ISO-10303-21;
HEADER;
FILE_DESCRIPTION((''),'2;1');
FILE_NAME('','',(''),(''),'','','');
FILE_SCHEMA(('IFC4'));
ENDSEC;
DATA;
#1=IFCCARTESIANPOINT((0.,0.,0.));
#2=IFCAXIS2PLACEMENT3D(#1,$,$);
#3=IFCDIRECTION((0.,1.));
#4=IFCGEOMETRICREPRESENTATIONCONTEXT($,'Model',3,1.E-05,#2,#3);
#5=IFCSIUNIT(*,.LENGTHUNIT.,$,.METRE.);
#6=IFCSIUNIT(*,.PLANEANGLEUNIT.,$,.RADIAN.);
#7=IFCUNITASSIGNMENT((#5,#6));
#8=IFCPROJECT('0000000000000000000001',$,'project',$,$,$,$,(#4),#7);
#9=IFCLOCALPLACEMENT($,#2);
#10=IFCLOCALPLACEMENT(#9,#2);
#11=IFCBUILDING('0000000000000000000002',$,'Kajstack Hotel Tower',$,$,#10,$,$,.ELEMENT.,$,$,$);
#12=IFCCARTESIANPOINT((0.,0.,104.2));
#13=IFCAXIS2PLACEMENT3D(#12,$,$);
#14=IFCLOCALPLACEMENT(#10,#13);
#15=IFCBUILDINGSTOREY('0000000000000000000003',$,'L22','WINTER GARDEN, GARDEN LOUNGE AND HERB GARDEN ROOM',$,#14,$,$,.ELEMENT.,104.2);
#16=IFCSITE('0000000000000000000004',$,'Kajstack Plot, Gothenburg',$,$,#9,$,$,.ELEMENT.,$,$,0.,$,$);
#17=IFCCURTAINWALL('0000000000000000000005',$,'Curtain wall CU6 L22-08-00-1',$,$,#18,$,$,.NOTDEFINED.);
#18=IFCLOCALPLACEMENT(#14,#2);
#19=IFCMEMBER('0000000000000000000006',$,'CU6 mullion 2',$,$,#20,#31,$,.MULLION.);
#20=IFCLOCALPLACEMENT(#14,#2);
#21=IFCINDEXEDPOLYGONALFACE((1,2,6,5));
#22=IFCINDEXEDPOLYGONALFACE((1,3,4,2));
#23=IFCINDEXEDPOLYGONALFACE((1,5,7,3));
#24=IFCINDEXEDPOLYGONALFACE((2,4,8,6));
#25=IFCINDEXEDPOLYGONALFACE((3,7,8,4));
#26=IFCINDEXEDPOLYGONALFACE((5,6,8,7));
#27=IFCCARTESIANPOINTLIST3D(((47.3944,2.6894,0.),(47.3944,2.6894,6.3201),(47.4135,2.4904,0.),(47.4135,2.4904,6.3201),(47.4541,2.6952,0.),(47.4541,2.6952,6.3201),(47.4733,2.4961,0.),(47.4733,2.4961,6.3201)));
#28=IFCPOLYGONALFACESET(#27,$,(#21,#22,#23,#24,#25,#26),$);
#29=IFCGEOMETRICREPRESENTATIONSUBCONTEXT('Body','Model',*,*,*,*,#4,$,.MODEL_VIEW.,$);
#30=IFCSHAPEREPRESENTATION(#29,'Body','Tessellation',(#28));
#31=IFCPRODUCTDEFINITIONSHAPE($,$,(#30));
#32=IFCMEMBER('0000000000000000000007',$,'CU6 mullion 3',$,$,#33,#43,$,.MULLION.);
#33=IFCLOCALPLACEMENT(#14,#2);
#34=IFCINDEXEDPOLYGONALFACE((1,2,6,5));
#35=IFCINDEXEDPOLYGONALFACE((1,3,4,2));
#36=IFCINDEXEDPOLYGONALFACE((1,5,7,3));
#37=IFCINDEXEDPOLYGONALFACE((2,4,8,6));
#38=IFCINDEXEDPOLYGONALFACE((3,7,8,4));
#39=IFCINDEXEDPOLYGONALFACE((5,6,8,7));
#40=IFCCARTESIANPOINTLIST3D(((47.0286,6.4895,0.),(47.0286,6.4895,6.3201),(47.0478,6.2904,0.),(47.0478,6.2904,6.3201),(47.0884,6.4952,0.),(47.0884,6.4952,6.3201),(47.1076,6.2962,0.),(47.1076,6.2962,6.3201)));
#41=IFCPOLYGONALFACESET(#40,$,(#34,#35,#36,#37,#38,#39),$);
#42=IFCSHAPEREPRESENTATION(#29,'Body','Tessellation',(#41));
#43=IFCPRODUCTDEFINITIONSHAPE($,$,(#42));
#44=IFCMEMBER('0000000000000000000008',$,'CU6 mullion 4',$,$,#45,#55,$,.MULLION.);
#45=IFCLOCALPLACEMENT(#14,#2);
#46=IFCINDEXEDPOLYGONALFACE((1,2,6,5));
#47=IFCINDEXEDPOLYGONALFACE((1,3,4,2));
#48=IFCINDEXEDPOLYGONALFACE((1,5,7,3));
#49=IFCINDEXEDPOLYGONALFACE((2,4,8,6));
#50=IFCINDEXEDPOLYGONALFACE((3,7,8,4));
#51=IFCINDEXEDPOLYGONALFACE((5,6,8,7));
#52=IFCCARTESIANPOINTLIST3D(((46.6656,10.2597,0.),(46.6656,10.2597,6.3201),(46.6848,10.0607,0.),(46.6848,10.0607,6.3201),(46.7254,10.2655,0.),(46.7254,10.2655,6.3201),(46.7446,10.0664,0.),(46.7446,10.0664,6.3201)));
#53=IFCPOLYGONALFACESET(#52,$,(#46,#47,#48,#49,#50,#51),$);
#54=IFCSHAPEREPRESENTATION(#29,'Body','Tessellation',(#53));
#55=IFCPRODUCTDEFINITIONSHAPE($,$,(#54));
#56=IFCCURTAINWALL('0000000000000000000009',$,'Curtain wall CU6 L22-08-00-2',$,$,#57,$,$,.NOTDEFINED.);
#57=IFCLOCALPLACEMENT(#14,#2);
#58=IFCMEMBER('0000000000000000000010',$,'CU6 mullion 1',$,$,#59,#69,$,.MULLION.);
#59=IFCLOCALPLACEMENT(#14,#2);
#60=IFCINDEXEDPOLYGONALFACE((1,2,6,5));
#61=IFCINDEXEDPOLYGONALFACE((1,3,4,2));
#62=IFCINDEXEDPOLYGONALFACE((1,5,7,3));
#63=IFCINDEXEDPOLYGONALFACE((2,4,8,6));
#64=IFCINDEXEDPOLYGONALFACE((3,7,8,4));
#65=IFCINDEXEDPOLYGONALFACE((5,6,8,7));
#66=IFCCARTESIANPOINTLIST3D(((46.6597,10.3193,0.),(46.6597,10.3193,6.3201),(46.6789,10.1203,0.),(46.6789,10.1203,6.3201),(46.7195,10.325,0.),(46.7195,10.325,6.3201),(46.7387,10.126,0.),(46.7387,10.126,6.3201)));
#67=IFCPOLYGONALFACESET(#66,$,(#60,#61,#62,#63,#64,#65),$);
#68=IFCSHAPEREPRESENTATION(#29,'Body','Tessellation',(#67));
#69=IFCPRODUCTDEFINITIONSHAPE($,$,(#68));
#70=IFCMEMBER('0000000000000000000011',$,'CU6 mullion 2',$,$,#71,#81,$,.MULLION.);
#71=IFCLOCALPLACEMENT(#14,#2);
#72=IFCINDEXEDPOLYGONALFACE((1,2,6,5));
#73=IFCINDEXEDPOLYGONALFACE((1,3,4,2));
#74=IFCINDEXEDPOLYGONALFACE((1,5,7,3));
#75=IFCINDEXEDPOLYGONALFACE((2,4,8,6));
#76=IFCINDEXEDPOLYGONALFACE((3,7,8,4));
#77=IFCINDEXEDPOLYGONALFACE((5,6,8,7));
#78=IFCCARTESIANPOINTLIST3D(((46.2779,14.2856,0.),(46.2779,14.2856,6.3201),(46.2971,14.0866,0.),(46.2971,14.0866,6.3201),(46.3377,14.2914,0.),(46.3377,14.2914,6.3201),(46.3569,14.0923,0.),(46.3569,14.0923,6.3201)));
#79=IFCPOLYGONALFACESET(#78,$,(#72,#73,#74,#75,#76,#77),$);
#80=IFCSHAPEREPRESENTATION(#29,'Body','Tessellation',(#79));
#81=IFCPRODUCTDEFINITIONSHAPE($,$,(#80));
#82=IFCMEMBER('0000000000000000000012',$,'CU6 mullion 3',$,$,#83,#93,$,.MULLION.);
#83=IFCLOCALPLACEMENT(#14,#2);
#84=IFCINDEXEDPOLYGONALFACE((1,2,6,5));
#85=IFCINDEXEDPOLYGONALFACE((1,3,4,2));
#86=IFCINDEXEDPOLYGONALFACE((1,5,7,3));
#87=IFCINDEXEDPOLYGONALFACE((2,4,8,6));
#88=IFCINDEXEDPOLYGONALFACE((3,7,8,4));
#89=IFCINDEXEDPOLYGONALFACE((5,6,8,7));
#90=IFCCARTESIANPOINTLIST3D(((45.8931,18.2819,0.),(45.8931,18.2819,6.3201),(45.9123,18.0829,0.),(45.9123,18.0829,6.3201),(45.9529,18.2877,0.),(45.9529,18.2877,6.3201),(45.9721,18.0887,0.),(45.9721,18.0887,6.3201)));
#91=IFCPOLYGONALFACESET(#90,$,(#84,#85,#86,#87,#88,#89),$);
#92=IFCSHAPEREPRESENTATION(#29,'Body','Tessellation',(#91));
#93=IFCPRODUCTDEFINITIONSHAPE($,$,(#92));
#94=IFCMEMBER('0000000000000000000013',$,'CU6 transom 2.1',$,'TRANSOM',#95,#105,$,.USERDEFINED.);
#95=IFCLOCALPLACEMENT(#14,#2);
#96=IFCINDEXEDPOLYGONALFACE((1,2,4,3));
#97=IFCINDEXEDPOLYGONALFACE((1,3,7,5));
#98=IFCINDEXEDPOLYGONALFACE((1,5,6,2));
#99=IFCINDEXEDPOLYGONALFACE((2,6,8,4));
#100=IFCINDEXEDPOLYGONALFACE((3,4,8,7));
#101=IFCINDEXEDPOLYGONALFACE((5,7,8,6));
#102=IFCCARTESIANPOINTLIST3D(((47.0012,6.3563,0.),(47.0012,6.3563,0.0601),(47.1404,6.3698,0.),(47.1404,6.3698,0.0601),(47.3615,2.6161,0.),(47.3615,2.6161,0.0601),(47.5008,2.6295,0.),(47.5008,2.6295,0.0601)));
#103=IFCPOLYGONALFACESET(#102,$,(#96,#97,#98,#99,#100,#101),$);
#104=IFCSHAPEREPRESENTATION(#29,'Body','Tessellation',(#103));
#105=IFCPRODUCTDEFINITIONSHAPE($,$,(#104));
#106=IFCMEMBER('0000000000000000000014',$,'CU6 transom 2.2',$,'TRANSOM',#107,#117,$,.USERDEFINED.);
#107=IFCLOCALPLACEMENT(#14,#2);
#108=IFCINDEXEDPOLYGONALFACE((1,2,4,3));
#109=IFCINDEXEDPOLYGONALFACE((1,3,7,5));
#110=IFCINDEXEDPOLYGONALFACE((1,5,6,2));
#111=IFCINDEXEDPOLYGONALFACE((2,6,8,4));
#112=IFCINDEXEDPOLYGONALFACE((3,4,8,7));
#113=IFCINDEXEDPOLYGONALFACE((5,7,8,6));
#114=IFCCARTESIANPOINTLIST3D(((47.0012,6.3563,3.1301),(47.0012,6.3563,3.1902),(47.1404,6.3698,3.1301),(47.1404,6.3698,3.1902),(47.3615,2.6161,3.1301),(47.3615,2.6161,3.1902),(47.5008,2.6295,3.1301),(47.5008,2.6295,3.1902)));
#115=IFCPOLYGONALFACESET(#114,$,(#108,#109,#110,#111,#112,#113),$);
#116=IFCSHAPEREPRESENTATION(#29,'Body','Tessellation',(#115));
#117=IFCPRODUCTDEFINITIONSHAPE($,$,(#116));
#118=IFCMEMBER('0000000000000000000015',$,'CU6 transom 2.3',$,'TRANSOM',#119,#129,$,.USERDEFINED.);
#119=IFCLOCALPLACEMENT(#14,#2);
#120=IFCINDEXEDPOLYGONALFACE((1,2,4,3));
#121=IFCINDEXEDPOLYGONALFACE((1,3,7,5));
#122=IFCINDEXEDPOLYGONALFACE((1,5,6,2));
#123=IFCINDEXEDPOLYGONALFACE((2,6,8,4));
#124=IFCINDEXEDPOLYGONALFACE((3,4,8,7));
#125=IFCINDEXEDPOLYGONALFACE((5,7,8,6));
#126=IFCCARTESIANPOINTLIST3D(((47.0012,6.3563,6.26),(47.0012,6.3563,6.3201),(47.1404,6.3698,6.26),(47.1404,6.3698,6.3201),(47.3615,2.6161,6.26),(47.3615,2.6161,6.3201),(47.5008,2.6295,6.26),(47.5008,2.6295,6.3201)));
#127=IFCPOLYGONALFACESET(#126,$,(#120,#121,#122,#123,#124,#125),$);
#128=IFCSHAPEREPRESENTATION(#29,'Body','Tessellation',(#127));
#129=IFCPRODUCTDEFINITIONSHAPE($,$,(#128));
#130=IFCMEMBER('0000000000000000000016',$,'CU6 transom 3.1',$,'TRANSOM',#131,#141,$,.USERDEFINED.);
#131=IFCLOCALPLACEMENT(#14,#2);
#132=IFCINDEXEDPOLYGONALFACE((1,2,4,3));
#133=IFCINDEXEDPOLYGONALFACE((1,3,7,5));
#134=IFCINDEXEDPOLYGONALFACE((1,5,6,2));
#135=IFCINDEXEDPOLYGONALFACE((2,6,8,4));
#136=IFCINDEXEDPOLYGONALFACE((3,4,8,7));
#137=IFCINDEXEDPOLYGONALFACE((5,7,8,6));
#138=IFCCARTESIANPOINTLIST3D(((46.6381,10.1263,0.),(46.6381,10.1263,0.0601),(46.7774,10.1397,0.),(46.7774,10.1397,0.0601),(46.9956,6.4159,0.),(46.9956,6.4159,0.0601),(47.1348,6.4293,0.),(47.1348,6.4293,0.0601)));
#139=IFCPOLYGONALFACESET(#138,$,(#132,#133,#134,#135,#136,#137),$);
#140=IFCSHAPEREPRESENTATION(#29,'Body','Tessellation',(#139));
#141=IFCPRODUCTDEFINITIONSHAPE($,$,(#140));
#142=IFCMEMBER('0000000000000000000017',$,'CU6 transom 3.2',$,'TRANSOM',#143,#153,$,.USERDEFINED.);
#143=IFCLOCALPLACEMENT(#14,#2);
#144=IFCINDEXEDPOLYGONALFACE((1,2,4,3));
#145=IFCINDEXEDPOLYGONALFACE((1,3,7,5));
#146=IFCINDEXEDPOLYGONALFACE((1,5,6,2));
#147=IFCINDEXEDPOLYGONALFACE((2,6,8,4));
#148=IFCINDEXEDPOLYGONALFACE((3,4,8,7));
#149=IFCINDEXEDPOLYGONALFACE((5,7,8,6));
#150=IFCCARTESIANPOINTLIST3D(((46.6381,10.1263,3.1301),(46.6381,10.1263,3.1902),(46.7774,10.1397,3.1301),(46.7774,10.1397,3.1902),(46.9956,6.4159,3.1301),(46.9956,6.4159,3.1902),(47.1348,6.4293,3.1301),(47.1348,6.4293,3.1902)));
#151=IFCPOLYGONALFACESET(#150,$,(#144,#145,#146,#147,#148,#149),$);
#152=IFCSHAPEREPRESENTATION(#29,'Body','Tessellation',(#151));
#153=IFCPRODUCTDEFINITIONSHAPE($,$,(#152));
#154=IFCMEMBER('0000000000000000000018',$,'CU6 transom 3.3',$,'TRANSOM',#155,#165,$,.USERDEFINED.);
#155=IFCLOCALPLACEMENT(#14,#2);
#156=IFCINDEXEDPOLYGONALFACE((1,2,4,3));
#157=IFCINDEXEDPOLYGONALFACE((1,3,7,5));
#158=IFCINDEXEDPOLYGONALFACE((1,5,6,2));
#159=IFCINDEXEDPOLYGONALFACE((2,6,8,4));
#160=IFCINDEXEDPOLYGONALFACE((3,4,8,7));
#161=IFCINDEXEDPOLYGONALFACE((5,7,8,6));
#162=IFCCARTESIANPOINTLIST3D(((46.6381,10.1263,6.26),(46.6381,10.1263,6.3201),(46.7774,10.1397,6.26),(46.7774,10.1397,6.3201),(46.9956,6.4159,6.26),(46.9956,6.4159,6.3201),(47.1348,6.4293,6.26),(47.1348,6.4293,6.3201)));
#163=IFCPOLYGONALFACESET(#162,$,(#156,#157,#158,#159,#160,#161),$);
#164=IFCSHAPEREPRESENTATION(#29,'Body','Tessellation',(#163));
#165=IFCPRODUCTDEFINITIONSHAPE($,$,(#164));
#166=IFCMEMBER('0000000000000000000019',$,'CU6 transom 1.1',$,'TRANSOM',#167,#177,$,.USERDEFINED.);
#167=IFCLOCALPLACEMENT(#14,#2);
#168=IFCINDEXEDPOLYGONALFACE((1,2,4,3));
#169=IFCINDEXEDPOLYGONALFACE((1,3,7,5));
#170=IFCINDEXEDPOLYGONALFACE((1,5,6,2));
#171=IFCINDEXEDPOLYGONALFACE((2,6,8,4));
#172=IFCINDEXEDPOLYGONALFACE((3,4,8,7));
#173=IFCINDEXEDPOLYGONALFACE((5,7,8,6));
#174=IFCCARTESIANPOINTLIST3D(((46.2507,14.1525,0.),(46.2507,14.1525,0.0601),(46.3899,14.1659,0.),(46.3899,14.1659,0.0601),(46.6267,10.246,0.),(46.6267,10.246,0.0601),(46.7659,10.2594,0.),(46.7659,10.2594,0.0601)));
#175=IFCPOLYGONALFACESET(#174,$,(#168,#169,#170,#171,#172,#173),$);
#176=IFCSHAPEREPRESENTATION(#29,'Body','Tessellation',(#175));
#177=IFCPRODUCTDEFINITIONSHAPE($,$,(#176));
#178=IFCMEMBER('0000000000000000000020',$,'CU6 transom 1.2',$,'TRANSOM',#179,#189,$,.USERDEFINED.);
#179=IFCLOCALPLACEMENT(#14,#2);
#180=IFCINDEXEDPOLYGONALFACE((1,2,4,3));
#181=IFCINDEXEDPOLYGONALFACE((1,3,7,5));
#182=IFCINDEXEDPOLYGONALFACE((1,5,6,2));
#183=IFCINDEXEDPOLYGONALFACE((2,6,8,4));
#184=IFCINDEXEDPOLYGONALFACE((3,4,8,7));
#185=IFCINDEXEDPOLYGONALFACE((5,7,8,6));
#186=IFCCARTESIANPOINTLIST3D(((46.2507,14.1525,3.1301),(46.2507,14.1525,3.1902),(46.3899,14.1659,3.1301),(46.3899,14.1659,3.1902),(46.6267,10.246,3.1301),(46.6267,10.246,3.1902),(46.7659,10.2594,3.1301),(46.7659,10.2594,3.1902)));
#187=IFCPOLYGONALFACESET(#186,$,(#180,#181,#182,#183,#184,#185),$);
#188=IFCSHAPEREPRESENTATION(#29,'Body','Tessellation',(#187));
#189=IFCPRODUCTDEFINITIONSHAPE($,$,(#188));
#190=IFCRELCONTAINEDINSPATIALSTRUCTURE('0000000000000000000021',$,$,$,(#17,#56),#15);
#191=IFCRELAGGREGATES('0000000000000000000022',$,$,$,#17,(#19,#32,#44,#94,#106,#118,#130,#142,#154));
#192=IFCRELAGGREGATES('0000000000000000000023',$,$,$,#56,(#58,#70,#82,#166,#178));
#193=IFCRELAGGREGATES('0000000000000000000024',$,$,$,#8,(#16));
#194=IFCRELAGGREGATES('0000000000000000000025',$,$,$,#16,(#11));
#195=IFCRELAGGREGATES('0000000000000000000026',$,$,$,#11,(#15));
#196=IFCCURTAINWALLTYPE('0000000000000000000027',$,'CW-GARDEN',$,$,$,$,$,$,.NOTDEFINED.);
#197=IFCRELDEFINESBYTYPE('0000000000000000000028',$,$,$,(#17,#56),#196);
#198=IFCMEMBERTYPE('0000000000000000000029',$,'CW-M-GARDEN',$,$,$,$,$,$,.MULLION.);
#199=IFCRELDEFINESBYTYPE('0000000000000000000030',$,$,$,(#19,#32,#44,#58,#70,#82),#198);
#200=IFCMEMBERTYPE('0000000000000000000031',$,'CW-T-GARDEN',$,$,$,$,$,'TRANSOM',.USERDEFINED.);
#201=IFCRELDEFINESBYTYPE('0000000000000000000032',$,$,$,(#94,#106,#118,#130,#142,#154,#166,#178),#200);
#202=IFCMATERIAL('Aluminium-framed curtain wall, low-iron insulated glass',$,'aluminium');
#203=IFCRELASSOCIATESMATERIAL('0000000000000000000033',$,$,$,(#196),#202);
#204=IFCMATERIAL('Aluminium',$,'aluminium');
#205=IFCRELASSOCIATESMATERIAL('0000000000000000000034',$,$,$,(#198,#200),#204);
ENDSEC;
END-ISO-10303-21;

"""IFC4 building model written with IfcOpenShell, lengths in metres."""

from ifc_helpers import new_model, si_unit, direction, frame, origin, origin_2d, place, context, subcontext, project, spatial, rectangle, extrude, material, material_profile, profile_set, type_object, element, aggregate, save


model = new_model("IFC4")

# Units and contexts
model_context = context("Model", 3, precision=1e-05, world=origin(), true_north=direction((0.0, 1.0)))
body_context = subcontext(model_context, "Body", "Model", "MODEL_VIEW")
ifc_project = project(units=[si_unit("LENGTHUNIT", "METRE"), si_unit("PLANEANGLEUNIT", "RADIAN")], contexts=[model_context])

# Site, building, storey
site_placement = place(None, origin())
site = spatial("IfcSite", under=ifc_project, at=site_placement, Name="Kajstack Plot, Gothenburg", CompositionType="ELEMENT", RefElevation=0.0)
building_placement = place(site_placement, origin())
building = spatial("IfcBuilding", under=site, at=building_placement, Name="Kajstack Hotel Tower", CompositionType="ELEMENT")
storey_placement = place(building_placement, frame((0.0, 0.0, 104.2)))
storey = spatial("IfcBuildingStorey", under=building, at=storey_placement, Name="L22", Description="WINTER GARDEN, GARDEN LOUNGE AND HERB GARDEN ROOM", CompositionType="ELEMENT", Elevation=104.2)

# Curtain walls, members
ifc_material_1 = material(Name="Aluminium-framed curtain wall, low-iron insulated glass", Category="aluminium")
curtain_wall_type = type_object("IfcCurtainWallType", Name="CW-GARDEN", PredefinedType="NOTDEFINED", material=ifc_material_1)
curtain_wall_1_placement = place(storey_placement, origin())
curtain_wall_1 = element("IfcCurtainWall", 1, at=curtain_wall_1_placement, inside=storey, type_object=curtain_wall_type, Name="Curtain wall CU6 L22-08-00-1", PredefinedType="NOTDEFINED")
ifc_material_2 = material(Name="Aluminium", Category="aluminium")
ifc_material_profile_1 = material_profile(ifc_material_2, rectangle(XDim=0.0601, YDim=0.2, at=origin_2d()), Name="Aluminium mullion 60 x 200")
ifc_profile_set_1 = profile_set([ifc_material_profile_1], Name="Aluminium")
member_type_1 = type_object("IfcMemberType", Name="CW-M-GARDEN", PredefinedType="MULLION", material=ifc_profile_set_1)
member_1_placement = place(storey_placement, frame((47.4338, 2.5928, 0.0), z_axis=(0.0, 0.0, 1.0), x_axis=(-0.995396, -0.095846, 0.0)))
member_1 = element("IfcMember", 2, at=member_1_placement, type_object=member_type_1, Name="CU6 mullion 2", PredefinedType="MULLION", context=body_context, shape_type="SweptSolid", body=[
    extrude(rectangle(XDim=0.0601, YDim=0.2, at=origin_2d()), origin(), (0.0, 0.0, 1.0), 6.3201),
])
member_2_placement = place(storey_placement, frame((47.0681, 6.3928, 0.0), z_axis=(0.0, 0.0, 1.0), x_axis=(-0.995396, -0.095846, 0.0)))
member_2 = element("IfcMember", 3, at=member_2_placement, type_object=member_type_1, Name="CU6 mullion 3", PredefinedType="MULLION", context=body_context, shape_type="SweptSolid", body=[
    extrude(rectangle(XDim=0.0601, YDim=0.2, at=origin_2d()), origin(), (0.0, 0.0, 1.0), 6.3201),
])
member_3_placement = place(storey_placement, frame((46.7051, 10.1631, 0.0), z_axis=(0.0, 0.0, 1.0), x_axis=(-0.995396, -0.095846, 0.0)))
member_3 = element("IfcMember", 4, at=member_3_placement, type_object=member_type_1, Name="CU6 mullion 4", PredefinedType="MULLION", context=body_context, shape_type="SweptSolid", body=[
    extrude(rectangle(XDim=0.0601, YDim=0.2, at=origin_2d()), origin(), (0.0, 0.0, 1.0), 6.3201),
])
curtain_wall_2_placement = place(storey_placement, origin())
curtain_wall_2 = element("IfcCurtainWall", 5, at=curtain_wall_2_placement, inside=storey, type_object=curtain_wall_type, Name="Curtain wall CU6 L22-08-00-2", PredefinedType="NOTDEFINED")
member_4_placement = place(storey_placement, frame((46.6992, 10.2227, 0.0), z_axis=(0.0, 0.0, 1.0), x_axis=(-0.995396, -0.095846, 0.0)))
member_4 = element("IfcMember", 6, at=member_4_placement, type_object=member_type_1, Name="CU6 mullion 1", PredefinedType="MULLION", context=body_context, shape_type="SweptSolid", body=[
    extrude(rectangle(XDim=0.0601, YDim=0.2, at=origin_2d()), origin(), (0.0, 0.0, 1.0), 6.3201),
])
member_5_placement = place(storey_placement, frame((46.3174, 14.189, 0.0), z_axis=(0.0, 0.0, 1.0), x_axis=(-0.995396, -0.095846, 0.0)))
member_5 = element("IfcMember", 7, at=member_5_placement, type_object=member_type_1, Name="CU6 mullion 2", PredefinedType="MULLION", context=body_context, shape_type="SweptSolid", body=[
    extrude(rectangle(XDim=0.0601, YDim=0.2, at=origin_2d()), origin(), (0.0, 0.0, 1.0), 6.3201),
])
member_6_placement = place(storey_placement, frame((45.9326, 18.1853, 0.0), z_axis=(0.0, 0.0, 1.0), x_axis=(-0.995396, -0.095846, 0.0)))
member_6 = element("IfcMember", 8, at=member_6_placement, type_object=member_type_1, Name="CU6 mullion 3", PredefinedType="MULLION", context=body_context, shape_type="SweptSolid", body=[
    extrude(rectangle(XDim=0.0601, YDim=0.2, at=origin_2d()), origin(), (0.0, 0.0, 1.0), 6.3201),
])

# Members
ifc_material_profile_2 = material_profile(ifc_material_2, rectangle(XDim=0.1399, YDim=0.0601, at=origin_2d()), Name="Aluminium transom 140 x 60")
ifc_profile_set_2 = profile_set([ifc_material_profile_2], Name="Aluminium")
member_type_2 = type_object("IfcMemberType", Name="CW-T-GARDEN", ElementType="TRANSOM", PredefinedType="USERDEFINED", material=ifc_profile_set_2)
member_7_placement = place(storey_placement, frame((47.4312, 2.6228, 0.03), z_axis=(-0.095901, 0.995391, 0.0), x_axis=(-0.995391, -0.095901, 0.0)))
member_7 = element("IfcMember", 9, at=member_7_placement, type_object=member_type_2, Name="CU6 transom 2.1", ObjectType="TRANSOM", PredefinedType="USERDEFINED", context=body_context, shape_type="SweptSolid", body=[
    extrude(rectangle(XDim=0.1399, YDim=0.0601, at=origin_2d()), origin(), (0.0, 0.0, 1.0), 3.7576),
])
member_8_placement = place(storey_placement, frame((47.4312, 2.6228, 3.1602), z_axis=(-0.095901, 0.995391, 0.0), x_axis=(-0.995391, -0.095901, 0.0)))
member_8 = element("IfcMember", 10, at=member_8_placement, type_object=member_type_2, Name="CU6 transom 2.2", ObjectType="TRANSOM", PredefinedType="USERDEFINED", context=body_context, shape_type="SweptSolid", body=[
    extrude(rectangle(XDim=0.1399, YDim=0.0601, at=origin_2d()), origin(), (0.0, 0.0, 1.0), 3.7576),
])
member_9_placement = place(storey_placement, frame((47.4312, 2.6228, 6.29), z_axis=(-0.095901, 0.995391, 0.0), x_axis=(-0.995391, -0.095901, 0.0)))
member_9 = element("IfcMember", 11, at=member_9_placement, type_object=member_type_2, Name="CU6 transom 2.3", ObjectType="TRANSOM", PredefinedType="USERDEFINED", context=body_context, shape_type="SweptSolid", body=[
    extrude(rectangle(XDim=0.1399, YDim=0.0601, at=origin_2d()), origin(), (0.0, 0.0, 1.0), 3.7576),
])
member_10_placement = place(storey_placement, frame((47.0652, 6.4226, 0.03), z_axis=(-0.095885, 0.995392, 0.0), x_axis=(-0.995392, -0.095885, 0.0)))
member_10 = element("IfcMember", 12, at=member_10_placement, type_object=member_type_2, Name="CU6 transom 3.1", ObjectType="TRANSOM", PredefinedType="USERDEFINED", context=body_context, shape_type="SweptSolid", body=[
    extrude(rectangle(XDim=0.1399, YDim=0.0601, at=origin_2d()), origin(), (0.0, 0.0, 1.0), 3.7275),
])
member_11_placement = place(storey_placement, frame((47.0652, 6.4226, 3.1602), z_axis=(-0.095885, 0.995392, 0.0), x_axis=(-0.995392, -0.095885, 0.0)))
member_11 = element("IfcMember", 13, at=member_11_placement, type_object=member_type_2, Name="CU6 transom 3.2", ObjectType="TRANSOM", PredefinedType="USERDEFINED", context=body_context, shape_type="SweptSolid", body=[
    extrude(rectangle(XDim=0.1399, YDim=0.0601, at=origin_2d()), origin(), (0.0, 0.0, 1.0), 3.7275),
])
member_12_placement = place(storey_placement, frame((47.0652, 6.4226, 6.29), z_axis=(-0.095885, 0.995392, 0.0), x_axis=(-0.995392, -0.095885, 0.0)))
member_12 = element("IfcMember", 14, at=member_12_placement, type_object=member_type_2, Name="CU6 transom 3.3", ObjectType="TRANSOM", PredefinedType="USERDEFINED", context=body_context, shape_type="SweptSolid", body=[
    extrude(rectangle(XDim=0.1399, YDim=0.0601, at=origin_2d()), origin(), (0.0, 0.0, 1.0), 3.7275),
])
member_13_placement = place(storey_placement, frame((46.6963, 10.2527, 0.03), z_axis=(-0.095801, 0.9954, 0.0), x_axis=(-0.9954, -0.095801, 0.0)))
member_13 = element("IfcMember", 15, at=member_13_placement, type_object=member_type_2, Name="CU6 transom 1.1", ObjectType="TRANSOM", PredefinedType="USERDEFINED", context=body_context, shape_type="SweptSolid", body=[
    extrude(rectangle(XDim=0.1399, YDim=0.0601, at=origin_2d()), origin(), (0.0, 0.0, 1.0), 3.9246),
])
member_14_placement = place(storey_placement, frame((46.6963, 10.2527, 3.1602), z_axis=(-0.095801, 0.9954, 0.0), x_axis=(-0.9954, -0.095801, 0.0)))
member_14 = element("IfcMember", 16, at=member_14_placement, type_object=member_type_2, Name="CU6 transom 1.2", ObjectType="TRANSOM", PredefinedType="USERDEFINED", context=body_context, shape_type="SweptSolid", body=[
    extrude(rectangle(XDim=0.1399, YDim=0.0601, at=origin_2d()), origin(), (0.0, 0.0, 1.0), 3.9246),
])

aggregate(curtain_wall_1, [member_1, member_2, member_3, member_7, member_8, member_9, member_10, member_11, member_12])
aggregate(curtain_wall_2, [member_4, member_5, member_6, member_13, member_14])

save(model, "model.ifc")
